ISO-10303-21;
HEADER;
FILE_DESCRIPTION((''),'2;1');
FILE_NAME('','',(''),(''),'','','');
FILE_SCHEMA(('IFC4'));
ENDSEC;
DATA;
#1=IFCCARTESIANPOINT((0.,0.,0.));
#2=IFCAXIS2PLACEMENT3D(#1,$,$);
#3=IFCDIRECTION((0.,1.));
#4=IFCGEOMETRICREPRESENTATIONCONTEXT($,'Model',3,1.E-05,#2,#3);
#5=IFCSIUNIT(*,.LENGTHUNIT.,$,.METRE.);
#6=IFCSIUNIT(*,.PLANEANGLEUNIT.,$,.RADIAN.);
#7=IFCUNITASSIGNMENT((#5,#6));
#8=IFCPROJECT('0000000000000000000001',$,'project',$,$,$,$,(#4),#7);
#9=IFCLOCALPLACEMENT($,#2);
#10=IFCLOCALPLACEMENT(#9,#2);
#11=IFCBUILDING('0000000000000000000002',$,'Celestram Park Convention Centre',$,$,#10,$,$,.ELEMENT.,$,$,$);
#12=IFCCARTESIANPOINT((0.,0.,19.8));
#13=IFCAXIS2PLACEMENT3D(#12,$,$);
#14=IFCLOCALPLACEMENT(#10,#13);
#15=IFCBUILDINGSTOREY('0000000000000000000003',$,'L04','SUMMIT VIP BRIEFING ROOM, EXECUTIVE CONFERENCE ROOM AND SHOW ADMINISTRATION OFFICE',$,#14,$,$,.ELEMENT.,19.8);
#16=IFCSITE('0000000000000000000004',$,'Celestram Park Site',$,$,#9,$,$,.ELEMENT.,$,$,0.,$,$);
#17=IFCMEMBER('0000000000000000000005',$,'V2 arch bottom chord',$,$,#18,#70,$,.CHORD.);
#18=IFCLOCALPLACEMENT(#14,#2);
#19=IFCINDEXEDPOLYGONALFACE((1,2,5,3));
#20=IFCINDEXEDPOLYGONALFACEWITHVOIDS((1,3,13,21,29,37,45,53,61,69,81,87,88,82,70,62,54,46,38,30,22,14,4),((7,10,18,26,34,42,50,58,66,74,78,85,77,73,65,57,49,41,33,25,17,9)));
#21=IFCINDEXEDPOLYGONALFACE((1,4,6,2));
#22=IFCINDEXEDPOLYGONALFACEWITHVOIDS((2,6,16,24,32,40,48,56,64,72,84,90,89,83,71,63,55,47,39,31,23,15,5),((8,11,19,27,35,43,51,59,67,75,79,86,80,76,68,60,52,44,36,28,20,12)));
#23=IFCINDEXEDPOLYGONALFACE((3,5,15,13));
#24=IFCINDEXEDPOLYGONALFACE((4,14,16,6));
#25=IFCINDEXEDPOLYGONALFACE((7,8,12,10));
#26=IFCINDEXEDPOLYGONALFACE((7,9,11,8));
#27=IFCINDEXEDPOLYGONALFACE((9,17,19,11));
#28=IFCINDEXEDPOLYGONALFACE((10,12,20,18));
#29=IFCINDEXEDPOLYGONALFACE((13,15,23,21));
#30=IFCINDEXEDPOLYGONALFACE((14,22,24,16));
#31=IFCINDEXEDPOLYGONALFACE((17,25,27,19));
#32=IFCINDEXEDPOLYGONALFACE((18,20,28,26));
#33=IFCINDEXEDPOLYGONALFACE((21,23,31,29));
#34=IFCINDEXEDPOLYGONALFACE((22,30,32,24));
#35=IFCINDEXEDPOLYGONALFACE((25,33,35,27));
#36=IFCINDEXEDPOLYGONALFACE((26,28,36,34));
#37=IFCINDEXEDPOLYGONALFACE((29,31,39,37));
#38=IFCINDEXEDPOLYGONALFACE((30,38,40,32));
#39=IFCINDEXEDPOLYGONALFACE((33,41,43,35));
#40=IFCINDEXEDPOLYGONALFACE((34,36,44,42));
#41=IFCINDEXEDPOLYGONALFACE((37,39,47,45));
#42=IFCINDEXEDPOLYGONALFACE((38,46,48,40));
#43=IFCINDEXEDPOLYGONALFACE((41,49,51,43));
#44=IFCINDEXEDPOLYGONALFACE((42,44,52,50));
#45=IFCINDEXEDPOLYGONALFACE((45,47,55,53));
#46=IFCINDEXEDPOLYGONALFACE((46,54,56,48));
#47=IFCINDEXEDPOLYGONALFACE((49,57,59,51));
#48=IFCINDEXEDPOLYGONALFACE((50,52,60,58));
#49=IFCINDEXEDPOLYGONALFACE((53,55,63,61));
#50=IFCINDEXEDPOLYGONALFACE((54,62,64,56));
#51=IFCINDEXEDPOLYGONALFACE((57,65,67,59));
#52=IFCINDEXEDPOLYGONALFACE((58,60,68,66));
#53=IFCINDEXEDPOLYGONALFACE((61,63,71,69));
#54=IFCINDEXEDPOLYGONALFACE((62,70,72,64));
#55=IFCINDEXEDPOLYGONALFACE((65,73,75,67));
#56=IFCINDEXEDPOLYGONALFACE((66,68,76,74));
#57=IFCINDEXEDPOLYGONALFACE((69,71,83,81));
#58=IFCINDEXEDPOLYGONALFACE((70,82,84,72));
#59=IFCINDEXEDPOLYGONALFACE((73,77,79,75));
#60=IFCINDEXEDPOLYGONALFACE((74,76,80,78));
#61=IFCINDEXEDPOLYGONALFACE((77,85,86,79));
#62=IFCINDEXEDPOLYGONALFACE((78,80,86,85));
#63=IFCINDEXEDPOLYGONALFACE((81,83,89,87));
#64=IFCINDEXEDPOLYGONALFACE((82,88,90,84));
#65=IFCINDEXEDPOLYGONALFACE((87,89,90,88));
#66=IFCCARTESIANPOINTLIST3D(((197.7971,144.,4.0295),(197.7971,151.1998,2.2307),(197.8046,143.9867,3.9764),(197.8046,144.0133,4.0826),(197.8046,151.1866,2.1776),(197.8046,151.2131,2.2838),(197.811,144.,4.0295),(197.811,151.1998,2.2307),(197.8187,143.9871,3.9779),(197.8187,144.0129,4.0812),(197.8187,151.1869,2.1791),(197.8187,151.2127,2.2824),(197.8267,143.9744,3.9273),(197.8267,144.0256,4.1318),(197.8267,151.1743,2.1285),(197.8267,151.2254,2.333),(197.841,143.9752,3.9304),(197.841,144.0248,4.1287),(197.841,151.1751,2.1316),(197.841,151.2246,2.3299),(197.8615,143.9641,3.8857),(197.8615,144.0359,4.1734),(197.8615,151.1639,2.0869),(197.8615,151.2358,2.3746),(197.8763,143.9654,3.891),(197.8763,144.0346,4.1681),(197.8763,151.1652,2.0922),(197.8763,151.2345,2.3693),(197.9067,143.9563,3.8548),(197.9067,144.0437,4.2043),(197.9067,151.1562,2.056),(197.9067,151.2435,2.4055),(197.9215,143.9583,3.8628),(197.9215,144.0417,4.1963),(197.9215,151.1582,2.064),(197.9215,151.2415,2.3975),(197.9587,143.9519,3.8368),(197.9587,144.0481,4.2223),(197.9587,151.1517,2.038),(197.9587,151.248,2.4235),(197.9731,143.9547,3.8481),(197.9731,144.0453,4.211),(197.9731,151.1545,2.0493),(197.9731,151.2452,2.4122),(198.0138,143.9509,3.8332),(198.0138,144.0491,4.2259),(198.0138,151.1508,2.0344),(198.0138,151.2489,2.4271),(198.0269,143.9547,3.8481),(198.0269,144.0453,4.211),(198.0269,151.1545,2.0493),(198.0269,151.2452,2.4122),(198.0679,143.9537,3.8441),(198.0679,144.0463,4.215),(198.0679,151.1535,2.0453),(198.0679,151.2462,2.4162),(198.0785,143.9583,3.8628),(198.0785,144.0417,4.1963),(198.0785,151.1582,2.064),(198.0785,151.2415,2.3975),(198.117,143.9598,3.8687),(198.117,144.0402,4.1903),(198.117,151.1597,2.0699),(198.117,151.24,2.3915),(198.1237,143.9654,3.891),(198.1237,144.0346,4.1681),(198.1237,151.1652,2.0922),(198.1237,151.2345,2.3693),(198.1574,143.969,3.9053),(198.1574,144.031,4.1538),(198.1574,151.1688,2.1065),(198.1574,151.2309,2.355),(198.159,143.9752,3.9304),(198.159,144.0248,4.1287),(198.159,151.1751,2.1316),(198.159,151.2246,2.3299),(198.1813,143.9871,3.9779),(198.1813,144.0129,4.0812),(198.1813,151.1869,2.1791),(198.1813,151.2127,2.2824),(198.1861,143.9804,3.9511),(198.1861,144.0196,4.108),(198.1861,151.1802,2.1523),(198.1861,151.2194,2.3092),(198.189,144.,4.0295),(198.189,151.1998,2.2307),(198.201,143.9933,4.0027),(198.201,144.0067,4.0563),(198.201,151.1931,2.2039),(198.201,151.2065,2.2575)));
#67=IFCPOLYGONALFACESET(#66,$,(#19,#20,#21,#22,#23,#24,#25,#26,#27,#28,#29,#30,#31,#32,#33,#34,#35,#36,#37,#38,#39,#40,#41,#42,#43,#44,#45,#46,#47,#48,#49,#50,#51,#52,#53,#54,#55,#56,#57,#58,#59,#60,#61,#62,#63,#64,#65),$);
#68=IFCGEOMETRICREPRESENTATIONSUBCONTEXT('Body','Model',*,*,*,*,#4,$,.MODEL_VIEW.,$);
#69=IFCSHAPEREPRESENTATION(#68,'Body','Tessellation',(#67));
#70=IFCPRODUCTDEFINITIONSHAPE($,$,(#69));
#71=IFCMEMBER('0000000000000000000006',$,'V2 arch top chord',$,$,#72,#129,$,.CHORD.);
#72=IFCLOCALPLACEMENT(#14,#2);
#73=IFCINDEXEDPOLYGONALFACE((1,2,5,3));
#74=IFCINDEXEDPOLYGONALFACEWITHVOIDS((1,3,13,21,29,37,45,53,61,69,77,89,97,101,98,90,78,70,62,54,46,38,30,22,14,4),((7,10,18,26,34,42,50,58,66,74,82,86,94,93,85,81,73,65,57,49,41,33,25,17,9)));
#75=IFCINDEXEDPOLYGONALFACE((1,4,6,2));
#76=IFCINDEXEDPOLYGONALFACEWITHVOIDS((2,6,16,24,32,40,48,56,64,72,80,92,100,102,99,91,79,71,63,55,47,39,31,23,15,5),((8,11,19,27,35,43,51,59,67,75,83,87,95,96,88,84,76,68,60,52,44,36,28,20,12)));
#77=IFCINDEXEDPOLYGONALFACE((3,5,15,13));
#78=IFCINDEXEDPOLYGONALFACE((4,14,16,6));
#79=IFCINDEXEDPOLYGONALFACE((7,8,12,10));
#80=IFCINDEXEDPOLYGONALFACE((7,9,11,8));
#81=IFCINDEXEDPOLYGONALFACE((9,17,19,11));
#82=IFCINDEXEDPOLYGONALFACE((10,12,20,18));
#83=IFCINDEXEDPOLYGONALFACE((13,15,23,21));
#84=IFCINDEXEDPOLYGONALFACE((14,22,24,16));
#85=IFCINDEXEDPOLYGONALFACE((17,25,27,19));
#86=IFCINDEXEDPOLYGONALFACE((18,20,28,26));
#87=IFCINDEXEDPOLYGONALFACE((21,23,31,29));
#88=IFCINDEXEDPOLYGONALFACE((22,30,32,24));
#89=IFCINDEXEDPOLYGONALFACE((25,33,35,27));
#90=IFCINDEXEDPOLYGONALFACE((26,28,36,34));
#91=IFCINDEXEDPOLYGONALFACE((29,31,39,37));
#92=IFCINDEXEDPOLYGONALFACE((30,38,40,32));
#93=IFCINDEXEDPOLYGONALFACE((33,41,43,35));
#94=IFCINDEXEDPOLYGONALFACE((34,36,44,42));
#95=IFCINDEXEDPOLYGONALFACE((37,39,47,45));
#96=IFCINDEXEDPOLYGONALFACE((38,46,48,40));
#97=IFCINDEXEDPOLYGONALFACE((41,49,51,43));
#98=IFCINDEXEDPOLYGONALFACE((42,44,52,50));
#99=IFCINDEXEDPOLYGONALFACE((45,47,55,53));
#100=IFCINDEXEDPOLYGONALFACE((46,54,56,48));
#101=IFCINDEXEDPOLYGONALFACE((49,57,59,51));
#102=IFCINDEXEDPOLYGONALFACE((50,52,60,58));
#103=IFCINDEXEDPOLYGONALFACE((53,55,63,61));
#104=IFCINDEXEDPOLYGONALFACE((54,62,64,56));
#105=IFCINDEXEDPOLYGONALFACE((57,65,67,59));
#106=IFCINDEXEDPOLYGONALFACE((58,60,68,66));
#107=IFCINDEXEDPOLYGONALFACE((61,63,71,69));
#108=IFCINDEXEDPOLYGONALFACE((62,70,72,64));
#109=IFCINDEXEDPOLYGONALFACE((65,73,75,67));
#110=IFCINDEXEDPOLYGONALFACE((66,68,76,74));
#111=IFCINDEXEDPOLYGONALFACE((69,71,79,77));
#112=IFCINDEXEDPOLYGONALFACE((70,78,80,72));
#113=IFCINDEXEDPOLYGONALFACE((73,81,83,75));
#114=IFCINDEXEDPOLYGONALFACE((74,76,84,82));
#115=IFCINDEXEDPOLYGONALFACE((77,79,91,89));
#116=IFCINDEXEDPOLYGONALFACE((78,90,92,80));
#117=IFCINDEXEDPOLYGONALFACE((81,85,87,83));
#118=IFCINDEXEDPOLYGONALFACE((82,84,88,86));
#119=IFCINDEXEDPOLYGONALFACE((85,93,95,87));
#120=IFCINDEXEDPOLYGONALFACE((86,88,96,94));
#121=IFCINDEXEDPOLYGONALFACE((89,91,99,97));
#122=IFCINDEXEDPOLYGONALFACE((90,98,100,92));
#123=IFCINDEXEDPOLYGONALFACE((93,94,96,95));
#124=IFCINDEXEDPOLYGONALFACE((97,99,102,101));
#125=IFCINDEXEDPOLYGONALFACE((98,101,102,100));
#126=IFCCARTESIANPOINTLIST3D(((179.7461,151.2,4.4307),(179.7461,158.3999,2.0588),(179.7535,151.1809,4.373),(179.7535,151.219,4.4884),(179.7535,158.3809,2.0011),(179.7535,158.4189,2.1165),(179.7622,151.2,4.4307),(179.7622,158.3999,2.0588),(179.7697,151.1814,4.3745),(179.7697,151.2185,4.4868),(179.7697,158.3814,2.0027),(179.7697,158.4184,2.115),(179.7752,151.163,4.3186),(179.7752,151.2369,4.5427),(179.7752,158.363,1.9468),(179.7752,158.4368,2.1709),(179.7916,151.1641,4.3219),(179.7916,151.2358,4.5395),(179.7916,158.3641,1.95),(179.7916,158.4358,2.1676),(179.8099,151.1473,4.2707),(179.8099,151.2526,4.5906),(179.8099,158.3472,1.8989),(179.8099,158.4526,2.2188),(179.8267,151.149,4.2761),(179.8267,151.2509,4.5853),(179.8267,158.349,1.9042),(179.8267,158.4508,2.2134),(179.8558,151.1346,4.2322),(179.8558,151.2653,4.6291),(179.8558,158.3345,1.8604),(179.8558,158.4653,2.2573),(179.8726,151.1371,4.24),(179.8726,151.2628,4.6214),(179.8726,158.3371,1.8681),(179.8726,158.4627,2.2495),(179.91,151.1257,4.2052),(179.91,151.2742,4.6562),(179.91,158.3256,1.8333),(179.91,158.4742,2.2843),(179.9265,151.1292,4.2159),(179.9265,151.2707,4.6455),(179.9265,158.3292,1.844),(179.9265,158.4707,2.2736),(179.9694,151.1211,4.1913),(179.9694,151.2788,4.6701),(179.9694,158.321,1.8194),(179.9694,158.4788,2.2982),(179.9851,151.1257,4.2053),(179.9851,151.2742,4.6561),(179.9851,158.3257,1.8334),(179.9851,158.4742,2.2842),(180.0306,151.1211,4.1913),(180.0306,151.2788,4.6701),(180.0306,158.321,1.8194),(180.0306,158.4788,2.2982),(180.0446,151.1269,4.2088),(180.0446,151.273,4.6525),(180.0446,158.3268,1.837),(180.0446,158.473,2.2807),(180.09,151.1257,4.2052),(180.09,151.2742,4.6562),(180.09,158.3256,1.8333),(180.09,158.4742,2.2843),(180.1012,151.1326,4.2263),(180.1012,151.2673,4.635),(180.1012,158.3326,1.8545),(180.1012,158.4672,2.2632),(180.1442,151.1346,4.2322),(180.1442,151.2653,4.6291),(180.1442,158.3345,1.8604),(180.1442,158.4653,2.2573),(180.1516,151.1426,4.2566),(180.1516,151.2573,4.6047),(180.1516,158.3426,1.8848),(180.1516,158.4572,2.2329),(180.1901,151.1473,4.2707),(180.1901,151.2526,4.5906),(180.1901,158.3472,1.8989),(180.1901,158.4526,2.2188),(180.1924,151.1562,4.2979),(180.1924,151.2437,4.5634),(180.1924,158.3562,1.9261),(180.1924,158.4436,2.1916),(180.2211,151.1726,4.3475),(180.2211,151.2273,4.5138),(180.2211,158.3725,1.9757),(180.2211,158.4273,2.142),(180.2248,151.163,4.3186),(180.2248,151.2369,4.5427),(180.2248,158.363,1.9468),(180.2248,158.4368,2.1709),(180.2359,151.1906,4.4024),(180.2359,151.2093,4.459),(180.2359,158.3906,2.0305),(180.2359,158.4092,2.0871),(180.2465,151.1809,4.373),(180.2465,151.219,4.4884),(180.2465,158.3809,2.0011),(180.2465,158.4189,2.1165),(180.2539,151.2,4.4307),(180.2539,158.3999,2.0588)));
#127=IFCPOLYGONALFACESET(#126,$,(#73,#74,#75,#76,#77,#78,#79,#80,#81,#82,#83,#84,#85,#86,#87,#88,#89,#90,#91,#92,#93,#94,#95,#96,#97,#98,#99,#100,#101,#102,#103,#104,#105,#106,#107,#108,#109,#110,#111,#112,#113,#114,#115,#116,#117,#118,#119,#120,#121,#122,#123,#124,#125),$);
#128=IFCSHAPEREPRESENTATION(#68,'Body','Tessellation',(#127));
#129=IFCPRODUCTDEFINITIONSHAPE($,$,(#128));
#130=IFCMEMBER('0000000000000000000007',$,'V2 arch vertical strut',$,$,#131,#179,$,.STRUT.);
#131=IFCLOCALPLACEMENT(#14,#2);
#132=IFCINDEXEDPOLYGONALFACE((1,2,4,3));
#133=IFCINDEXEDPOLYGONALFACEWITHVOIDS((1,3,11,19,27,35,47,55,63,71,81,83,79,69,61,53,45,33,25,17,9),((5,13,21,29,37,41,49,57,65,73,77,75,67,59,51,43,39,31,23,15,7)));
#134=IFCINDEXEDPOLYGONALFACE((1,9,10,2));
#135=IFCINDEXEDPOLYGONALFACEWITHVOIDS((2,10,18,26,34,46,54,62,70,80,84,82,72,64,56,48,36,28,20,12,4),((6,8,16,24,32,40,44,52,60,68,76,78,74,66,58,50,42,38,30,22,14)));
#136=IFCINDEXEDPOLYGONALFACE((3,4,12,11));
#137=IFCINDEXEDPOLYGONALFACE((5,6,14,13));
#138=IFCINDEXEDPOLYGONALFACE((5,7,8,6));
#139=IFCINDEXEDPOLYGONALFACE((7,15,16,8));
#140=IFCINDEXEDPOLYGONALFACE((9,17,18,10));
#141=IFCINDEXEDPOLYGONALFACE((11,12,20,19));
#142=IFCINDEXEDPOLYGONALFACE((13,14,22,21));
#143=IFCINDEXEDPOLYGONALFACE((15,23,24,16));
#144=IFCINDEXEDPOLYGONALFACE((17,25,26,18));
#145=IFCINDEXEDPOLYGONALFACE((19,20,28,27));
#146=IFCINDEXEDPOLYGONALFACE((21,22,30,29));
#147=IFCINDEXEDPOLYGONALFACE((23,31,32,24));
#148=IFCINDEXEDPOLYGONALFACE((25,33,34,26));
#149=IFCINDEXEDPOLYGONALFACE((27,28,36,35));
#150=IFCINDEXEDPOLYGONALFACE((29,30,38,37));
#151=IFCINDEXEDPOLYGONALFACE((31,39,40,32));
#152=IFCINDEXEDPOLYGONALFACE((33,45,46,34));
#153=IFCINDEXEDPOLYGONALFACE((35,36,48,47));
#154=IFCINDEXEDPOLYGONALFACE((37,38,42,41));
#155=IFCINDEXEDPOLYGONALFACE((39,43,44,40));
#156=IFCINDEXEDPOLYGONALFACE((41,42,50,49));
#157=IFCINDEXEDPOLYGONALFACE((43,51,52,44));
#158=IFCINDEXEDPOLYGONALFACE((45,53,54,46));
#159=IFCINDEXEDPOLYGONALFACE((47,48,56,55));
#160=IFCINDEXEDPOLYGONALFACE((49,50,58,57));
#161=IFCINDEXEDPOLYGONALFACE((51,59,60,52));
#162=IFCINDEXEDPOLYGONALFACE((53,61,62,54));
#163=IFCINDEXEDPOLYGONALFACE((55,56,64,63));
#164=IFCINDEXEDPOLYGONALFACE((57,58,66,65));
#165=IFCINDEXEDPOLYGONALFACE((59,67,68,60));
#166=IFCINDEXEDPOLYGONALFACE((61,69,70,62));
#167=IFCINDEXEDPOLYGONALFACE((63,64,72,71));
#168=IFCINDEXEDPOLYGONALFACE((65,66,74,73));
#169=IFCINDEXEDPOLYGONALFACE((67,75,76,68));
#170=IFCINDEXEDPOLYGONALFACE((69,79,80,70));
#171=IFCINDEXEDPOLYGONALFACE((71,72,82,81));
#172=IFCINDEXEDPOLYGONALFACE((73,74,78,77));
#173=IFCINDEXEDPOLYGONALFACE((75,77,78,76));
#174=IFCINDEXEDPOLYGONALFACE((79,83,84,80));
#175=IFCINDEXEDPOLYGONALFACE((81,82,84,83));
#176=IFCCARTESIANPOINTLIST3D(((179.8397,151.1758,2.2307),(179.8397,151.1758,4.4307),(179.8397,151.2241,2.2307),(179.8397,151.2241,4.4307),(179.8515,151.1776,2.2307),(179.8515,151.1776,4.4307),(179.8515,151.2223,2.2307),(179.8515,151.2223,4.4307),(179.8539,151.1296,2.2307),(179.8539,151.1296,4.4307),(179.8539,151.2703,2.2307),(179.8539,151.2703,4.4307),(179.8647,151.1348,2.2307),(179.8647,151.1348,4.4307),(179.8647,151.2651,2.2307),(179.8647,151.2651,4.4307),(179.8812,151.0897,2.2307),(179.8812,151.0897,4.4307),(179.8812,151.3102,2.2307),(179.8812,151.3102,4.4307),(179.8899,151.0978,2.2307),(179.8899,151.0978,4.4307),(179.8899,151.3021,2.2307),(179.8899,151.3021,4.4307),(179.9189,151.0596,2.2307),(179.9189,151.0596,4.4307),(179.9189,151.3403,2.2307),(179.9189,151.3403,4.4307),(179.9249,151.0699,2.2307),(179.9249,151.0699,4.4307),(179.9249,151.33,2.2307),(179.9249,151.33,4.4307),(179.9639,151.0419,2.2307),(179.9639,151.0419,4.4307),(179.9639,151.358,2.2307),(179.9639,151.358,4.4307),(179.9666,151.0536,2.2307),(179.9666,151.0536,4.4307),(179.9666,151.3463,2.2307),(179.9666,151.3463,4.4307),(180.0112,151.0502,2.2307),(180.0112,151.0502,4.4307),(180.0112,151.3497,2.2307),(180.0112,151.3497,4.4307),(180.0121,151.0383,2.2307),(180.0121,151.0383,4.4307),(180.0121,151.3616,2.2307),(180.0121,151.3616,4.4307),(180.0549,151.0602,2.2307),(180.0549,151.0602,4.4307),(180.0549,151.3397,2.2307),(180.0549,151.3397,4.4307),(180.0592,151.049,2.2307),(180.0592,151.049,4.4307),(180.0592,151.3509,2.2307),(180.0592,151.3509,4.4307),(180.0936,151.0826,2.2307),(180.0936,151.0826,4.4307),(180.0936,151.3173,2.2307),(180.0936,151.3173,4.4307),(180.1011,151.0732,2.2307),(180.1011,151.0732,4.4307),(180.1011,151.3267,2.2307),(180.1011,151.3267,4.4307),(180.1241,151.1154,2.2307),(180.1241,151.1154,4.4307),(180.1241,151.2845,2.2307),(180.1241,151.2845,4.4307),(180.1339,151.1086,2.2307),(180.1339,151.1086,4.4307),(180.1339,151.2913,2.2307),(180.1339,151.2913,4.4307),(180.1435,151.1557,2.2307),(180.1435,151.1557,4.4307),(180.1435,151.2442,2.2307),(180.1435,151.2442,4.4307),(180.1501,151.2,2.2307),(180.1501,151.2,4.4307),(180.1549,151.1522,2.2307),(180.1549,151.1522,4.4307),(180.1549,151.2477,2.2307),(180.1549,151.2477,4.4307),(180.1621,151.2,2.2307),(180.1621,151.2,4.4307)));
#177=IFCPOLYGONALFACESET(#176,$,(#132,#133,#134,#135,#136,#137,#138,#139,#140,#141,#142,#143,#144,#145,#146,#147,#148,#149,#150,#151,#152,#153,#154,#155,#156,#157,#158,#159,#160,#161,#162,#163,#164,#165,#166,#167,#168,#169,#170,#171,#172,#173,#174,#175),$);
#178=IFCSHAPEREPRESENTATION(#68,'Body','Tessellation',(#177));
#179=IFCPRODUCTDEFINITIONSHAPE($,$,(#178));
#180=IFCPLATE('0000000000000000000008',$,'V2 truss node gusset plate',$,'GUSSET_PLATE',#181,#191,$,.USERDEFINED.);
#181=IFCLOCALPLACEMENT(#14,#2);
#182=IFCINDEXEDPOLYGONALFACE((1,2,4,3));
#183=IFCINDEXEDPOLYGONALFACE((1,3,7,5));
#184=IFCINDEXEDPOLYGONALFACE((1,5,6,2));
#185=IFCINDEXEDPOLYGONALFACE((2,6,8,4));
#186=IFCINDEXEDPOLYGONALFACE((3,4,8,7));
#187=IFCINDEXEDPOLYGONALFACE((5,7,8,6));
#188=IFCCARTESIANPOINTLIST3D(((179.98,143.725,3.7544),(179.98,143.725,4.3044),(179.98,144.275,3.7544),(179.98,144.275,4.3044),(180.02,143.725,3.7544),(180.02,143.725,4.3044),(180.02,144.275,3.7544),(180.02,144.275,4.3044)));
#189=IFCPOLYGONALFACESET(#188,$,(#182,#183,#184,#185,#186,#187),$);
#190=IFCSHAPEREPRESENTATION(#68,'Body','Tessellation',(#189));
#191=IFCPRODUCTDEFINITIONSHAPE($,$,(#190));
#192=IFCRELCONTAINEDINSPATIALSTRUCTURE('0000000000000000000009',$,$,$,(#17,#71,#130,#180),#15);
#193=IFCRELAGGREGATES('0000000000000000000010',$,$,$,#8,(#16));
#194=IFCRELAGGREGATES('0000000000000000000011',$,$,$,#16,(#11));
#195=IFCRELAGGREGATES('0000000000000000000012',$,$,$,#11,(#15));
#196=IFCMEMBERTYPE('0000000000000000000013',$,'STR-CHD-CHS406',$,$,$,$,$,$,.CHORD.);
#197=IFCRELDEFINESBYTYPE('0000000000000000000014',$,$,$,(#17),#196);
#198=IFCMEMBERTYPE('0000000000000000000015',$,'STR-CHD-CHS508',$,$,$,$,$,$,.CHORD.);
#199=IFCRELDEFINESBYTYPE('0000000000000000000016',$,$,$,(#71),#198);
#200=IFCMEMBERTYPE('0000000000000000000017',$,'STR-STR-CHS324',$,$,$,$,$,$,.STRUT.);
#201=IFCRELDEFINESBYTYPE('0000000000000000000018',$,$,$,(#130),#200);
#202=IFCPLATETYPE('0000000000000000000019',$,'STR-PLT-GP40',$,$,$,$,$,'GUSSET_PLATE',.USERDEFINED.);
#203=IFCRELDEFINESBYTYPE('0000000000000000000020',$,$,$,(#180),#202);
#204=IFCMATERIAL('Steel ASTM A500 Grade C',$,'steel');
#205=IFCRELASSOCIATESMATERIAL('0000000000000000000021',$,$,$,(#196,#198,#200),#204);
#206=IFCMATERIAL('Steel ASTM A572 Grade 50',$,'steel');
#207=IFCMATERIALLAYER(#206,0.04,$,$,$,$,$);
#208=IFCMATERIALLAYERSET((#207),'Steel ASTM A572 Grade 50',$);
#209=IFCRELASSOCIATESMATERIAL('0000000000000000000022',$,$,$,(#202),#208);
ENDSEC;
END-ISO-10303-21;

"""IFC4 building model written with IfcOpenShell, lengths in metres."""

from ifc_helpers import new_model, si_unit, direction, frame, origin, origin_2d, place, context, subcontext, project, spatial, rectangle, hollow_circle, extrude, material, layer, layer_set, material_profile, profile_set, type_object, element, save


model = new_model("IFC4")

# Units and contexts
model_context = context("Model", 3, precision=1e-05, world=origin(), true_north=direction((0.0, 1.0)))
body_context = subcontext(model_context, "Body", "Model", "MODEL_VIEW")
ifc_project = project(units=[si_unit("LENGTHUNIT", "METRE"), si_unit("PLANEANGLEUNIT", "RADIAN")], contexts=[model_context])

# Site, building, storey
site_placement = place(None, origin())
site = spatial("IfcSite", under=ifc_project, at=site_placement, Name="Celestram Park Site", CompositionType="ELEMENT", RefElevation=0.0)
building_placement = place(site_placement, origin())
building = spatial("IfcBuilding", under=site, at=building_placement, Name="Celestram Park Convention Centre", CompositionType="ELEMENT")
storey_placement = place(building_placement, frame((0.0, 0.0, 19.8)))
storey = spatial("IfcBuildingStorey", under=building, at=storey_placement, Name="L04", Description="SUMMIT VIP BRIEFING ROOM, EXECUTIVE CONFERENCE ROOM AND SHOW ADMINISTRATION OFFICE", CompositionType="ELEMENT", Elevation=19.8)

# Members
ifc_material_1 = material(Name="Steel ASTM A500 Grade C", Category="steel")
ifc_material_profile_1 = material_profile(ifc_material_1, hollow_circle(Radius=0.2029, WallThickness=0.0139, at=origin_2d()), Name="CHS406X14")
ifc_profile_set_1 = profile_set([ifc_material_profile_1], Name="Steel ASTM A500 Grade C")
member_type_1 = type_object("IfcMemberType", Name="STR-CHD-CHS406", PredefinedType="CHORD", material=ifc_profile_set_1)
member_1_placement = place(storey_placement, frame((198.0, 144.0, 4.0295), z_axis=(0.0, 0.970179, -0.242389), x_axis=(-1.0, 0.0, 0.0)))
element("IfcMember", 1, at=member_1_placement, inside=storey, type_object=member_type_1, Name="V2 arch bottom chord", PredefinedType="CHORD", context=body_context, shape_type="SweptSolid", body=[
    extrude(hollow_circle(Radius=0.2029, WallThickness=0.0139, at=origin_2d()), origin(), (0.0, 0.0, 1.0), 7.4211),
])
ifc_material_profile_2 = material_profile(ifc_material_1, hollow_circle(Radius=0.2539, WallThickness=0.0161, at=origin_2d()), Name="CHS508X16")
ifc_profile_set_2 = profile_set([ifc_material_profile_2], Name="Steel ASTM A500 Grade C")
member_type_2 = type_object("IfcMemberType", Name="STR-CHD-CHS508", PredefinedType="CHORD", material=ifc_profile_set_2)
member_2_placement = place(storey_placement, frame((180.0, 151.2, 4.4307), z_axis=(0.0, 0.949792, -0.312883), x_axis=(-1.0, 0.0, 0.0)))
element("IfcMember", 2, at=member_2_placement, inside=storey, type_object=member_type_2, Name="V2 arch top chord", PredefinedType="CHORD", context=body_context, shape_type="SweptSolid", body=[
    extrude(hollow_circle(Radius=0.2539, WallThickness=0.0161, at=origin_2d()), origin(), (0.0, 0.0, 1.0), 7.5806),
])
ifc_material_profile_3 = material_profile(ifc_material_1, hollow_circle(Radius=0.1621, WallThickness=0.012, at=origin_2d()), Name="CHS324X12")
ifc_profile_set_3 = profile_set([ifc_material_profile_3], Name="Steel ASTM A500 Grade C")
member_type_3 = type_object("IfcMemberType", Name="STR-STR-CHS324", PredefinedType="STRUT", material=ifc_profile_set_3)
member_3_placement = place(storey_placement, frame((180.0, 151.2, 2.2307), z_axis=(0.0, 0.0, 1.0), x_axis=(1.0, 0.0, 0.0)))
element("IfcMember", 3, at=member_3_placement, inside=storey, type_object=member_type_3, Name="V2 arch vertical strut", PredefinedType="STRUT", context=body_context, shape_type="SweptSolid", body=[
    extrude(hollow_circle(Radius=0.1621, WallThickness=0.012, at=origin_2d()), origin(), (0.0, 0.0, 1.0), 2.2),
])

# Plate
ifc_material_2 = material(Name="Steel ASTM A572 Grade 50", Category="steel")
ifc_layer = layer(ifc_material_2, 0.04)
ifc_layer_set = layer_set([ifc_layer], Name="Steel ASTM A572 Grade 50")
plate_type = type_object("IfcPlateType", Name="STR-PLT-GP40", ElementType="GUSSET_PLATE", PredefinedType="USERDEFINED", material=ifc_layer_set)
for number, where, z_axis, x_axis, name in (
    (4, (180.0, 144.0, 3.7544), (0.0, 0.0, 1.0), (0.0, 1.0, 0.0), "V2 truss node gusset plate"),
):
    element("IfcPlate", number, at=place(storey_placement, frame(where, z_axis=z_axis, x_axis=x_axis)), inside=storey, type_object=plate_type, Name=name, ObjectType="GUSSET_PLATE", PredefinedType="USERDEFINED", context=body_context, shape_type="SweptSolid", body=[
        extrude(rectangle(XDim=0.55, YDim=0.04, at=origin_2d()), origin(), (0.0, 0.0, 1.0), 0.55),
    ])

save(model, "model.ifc")
